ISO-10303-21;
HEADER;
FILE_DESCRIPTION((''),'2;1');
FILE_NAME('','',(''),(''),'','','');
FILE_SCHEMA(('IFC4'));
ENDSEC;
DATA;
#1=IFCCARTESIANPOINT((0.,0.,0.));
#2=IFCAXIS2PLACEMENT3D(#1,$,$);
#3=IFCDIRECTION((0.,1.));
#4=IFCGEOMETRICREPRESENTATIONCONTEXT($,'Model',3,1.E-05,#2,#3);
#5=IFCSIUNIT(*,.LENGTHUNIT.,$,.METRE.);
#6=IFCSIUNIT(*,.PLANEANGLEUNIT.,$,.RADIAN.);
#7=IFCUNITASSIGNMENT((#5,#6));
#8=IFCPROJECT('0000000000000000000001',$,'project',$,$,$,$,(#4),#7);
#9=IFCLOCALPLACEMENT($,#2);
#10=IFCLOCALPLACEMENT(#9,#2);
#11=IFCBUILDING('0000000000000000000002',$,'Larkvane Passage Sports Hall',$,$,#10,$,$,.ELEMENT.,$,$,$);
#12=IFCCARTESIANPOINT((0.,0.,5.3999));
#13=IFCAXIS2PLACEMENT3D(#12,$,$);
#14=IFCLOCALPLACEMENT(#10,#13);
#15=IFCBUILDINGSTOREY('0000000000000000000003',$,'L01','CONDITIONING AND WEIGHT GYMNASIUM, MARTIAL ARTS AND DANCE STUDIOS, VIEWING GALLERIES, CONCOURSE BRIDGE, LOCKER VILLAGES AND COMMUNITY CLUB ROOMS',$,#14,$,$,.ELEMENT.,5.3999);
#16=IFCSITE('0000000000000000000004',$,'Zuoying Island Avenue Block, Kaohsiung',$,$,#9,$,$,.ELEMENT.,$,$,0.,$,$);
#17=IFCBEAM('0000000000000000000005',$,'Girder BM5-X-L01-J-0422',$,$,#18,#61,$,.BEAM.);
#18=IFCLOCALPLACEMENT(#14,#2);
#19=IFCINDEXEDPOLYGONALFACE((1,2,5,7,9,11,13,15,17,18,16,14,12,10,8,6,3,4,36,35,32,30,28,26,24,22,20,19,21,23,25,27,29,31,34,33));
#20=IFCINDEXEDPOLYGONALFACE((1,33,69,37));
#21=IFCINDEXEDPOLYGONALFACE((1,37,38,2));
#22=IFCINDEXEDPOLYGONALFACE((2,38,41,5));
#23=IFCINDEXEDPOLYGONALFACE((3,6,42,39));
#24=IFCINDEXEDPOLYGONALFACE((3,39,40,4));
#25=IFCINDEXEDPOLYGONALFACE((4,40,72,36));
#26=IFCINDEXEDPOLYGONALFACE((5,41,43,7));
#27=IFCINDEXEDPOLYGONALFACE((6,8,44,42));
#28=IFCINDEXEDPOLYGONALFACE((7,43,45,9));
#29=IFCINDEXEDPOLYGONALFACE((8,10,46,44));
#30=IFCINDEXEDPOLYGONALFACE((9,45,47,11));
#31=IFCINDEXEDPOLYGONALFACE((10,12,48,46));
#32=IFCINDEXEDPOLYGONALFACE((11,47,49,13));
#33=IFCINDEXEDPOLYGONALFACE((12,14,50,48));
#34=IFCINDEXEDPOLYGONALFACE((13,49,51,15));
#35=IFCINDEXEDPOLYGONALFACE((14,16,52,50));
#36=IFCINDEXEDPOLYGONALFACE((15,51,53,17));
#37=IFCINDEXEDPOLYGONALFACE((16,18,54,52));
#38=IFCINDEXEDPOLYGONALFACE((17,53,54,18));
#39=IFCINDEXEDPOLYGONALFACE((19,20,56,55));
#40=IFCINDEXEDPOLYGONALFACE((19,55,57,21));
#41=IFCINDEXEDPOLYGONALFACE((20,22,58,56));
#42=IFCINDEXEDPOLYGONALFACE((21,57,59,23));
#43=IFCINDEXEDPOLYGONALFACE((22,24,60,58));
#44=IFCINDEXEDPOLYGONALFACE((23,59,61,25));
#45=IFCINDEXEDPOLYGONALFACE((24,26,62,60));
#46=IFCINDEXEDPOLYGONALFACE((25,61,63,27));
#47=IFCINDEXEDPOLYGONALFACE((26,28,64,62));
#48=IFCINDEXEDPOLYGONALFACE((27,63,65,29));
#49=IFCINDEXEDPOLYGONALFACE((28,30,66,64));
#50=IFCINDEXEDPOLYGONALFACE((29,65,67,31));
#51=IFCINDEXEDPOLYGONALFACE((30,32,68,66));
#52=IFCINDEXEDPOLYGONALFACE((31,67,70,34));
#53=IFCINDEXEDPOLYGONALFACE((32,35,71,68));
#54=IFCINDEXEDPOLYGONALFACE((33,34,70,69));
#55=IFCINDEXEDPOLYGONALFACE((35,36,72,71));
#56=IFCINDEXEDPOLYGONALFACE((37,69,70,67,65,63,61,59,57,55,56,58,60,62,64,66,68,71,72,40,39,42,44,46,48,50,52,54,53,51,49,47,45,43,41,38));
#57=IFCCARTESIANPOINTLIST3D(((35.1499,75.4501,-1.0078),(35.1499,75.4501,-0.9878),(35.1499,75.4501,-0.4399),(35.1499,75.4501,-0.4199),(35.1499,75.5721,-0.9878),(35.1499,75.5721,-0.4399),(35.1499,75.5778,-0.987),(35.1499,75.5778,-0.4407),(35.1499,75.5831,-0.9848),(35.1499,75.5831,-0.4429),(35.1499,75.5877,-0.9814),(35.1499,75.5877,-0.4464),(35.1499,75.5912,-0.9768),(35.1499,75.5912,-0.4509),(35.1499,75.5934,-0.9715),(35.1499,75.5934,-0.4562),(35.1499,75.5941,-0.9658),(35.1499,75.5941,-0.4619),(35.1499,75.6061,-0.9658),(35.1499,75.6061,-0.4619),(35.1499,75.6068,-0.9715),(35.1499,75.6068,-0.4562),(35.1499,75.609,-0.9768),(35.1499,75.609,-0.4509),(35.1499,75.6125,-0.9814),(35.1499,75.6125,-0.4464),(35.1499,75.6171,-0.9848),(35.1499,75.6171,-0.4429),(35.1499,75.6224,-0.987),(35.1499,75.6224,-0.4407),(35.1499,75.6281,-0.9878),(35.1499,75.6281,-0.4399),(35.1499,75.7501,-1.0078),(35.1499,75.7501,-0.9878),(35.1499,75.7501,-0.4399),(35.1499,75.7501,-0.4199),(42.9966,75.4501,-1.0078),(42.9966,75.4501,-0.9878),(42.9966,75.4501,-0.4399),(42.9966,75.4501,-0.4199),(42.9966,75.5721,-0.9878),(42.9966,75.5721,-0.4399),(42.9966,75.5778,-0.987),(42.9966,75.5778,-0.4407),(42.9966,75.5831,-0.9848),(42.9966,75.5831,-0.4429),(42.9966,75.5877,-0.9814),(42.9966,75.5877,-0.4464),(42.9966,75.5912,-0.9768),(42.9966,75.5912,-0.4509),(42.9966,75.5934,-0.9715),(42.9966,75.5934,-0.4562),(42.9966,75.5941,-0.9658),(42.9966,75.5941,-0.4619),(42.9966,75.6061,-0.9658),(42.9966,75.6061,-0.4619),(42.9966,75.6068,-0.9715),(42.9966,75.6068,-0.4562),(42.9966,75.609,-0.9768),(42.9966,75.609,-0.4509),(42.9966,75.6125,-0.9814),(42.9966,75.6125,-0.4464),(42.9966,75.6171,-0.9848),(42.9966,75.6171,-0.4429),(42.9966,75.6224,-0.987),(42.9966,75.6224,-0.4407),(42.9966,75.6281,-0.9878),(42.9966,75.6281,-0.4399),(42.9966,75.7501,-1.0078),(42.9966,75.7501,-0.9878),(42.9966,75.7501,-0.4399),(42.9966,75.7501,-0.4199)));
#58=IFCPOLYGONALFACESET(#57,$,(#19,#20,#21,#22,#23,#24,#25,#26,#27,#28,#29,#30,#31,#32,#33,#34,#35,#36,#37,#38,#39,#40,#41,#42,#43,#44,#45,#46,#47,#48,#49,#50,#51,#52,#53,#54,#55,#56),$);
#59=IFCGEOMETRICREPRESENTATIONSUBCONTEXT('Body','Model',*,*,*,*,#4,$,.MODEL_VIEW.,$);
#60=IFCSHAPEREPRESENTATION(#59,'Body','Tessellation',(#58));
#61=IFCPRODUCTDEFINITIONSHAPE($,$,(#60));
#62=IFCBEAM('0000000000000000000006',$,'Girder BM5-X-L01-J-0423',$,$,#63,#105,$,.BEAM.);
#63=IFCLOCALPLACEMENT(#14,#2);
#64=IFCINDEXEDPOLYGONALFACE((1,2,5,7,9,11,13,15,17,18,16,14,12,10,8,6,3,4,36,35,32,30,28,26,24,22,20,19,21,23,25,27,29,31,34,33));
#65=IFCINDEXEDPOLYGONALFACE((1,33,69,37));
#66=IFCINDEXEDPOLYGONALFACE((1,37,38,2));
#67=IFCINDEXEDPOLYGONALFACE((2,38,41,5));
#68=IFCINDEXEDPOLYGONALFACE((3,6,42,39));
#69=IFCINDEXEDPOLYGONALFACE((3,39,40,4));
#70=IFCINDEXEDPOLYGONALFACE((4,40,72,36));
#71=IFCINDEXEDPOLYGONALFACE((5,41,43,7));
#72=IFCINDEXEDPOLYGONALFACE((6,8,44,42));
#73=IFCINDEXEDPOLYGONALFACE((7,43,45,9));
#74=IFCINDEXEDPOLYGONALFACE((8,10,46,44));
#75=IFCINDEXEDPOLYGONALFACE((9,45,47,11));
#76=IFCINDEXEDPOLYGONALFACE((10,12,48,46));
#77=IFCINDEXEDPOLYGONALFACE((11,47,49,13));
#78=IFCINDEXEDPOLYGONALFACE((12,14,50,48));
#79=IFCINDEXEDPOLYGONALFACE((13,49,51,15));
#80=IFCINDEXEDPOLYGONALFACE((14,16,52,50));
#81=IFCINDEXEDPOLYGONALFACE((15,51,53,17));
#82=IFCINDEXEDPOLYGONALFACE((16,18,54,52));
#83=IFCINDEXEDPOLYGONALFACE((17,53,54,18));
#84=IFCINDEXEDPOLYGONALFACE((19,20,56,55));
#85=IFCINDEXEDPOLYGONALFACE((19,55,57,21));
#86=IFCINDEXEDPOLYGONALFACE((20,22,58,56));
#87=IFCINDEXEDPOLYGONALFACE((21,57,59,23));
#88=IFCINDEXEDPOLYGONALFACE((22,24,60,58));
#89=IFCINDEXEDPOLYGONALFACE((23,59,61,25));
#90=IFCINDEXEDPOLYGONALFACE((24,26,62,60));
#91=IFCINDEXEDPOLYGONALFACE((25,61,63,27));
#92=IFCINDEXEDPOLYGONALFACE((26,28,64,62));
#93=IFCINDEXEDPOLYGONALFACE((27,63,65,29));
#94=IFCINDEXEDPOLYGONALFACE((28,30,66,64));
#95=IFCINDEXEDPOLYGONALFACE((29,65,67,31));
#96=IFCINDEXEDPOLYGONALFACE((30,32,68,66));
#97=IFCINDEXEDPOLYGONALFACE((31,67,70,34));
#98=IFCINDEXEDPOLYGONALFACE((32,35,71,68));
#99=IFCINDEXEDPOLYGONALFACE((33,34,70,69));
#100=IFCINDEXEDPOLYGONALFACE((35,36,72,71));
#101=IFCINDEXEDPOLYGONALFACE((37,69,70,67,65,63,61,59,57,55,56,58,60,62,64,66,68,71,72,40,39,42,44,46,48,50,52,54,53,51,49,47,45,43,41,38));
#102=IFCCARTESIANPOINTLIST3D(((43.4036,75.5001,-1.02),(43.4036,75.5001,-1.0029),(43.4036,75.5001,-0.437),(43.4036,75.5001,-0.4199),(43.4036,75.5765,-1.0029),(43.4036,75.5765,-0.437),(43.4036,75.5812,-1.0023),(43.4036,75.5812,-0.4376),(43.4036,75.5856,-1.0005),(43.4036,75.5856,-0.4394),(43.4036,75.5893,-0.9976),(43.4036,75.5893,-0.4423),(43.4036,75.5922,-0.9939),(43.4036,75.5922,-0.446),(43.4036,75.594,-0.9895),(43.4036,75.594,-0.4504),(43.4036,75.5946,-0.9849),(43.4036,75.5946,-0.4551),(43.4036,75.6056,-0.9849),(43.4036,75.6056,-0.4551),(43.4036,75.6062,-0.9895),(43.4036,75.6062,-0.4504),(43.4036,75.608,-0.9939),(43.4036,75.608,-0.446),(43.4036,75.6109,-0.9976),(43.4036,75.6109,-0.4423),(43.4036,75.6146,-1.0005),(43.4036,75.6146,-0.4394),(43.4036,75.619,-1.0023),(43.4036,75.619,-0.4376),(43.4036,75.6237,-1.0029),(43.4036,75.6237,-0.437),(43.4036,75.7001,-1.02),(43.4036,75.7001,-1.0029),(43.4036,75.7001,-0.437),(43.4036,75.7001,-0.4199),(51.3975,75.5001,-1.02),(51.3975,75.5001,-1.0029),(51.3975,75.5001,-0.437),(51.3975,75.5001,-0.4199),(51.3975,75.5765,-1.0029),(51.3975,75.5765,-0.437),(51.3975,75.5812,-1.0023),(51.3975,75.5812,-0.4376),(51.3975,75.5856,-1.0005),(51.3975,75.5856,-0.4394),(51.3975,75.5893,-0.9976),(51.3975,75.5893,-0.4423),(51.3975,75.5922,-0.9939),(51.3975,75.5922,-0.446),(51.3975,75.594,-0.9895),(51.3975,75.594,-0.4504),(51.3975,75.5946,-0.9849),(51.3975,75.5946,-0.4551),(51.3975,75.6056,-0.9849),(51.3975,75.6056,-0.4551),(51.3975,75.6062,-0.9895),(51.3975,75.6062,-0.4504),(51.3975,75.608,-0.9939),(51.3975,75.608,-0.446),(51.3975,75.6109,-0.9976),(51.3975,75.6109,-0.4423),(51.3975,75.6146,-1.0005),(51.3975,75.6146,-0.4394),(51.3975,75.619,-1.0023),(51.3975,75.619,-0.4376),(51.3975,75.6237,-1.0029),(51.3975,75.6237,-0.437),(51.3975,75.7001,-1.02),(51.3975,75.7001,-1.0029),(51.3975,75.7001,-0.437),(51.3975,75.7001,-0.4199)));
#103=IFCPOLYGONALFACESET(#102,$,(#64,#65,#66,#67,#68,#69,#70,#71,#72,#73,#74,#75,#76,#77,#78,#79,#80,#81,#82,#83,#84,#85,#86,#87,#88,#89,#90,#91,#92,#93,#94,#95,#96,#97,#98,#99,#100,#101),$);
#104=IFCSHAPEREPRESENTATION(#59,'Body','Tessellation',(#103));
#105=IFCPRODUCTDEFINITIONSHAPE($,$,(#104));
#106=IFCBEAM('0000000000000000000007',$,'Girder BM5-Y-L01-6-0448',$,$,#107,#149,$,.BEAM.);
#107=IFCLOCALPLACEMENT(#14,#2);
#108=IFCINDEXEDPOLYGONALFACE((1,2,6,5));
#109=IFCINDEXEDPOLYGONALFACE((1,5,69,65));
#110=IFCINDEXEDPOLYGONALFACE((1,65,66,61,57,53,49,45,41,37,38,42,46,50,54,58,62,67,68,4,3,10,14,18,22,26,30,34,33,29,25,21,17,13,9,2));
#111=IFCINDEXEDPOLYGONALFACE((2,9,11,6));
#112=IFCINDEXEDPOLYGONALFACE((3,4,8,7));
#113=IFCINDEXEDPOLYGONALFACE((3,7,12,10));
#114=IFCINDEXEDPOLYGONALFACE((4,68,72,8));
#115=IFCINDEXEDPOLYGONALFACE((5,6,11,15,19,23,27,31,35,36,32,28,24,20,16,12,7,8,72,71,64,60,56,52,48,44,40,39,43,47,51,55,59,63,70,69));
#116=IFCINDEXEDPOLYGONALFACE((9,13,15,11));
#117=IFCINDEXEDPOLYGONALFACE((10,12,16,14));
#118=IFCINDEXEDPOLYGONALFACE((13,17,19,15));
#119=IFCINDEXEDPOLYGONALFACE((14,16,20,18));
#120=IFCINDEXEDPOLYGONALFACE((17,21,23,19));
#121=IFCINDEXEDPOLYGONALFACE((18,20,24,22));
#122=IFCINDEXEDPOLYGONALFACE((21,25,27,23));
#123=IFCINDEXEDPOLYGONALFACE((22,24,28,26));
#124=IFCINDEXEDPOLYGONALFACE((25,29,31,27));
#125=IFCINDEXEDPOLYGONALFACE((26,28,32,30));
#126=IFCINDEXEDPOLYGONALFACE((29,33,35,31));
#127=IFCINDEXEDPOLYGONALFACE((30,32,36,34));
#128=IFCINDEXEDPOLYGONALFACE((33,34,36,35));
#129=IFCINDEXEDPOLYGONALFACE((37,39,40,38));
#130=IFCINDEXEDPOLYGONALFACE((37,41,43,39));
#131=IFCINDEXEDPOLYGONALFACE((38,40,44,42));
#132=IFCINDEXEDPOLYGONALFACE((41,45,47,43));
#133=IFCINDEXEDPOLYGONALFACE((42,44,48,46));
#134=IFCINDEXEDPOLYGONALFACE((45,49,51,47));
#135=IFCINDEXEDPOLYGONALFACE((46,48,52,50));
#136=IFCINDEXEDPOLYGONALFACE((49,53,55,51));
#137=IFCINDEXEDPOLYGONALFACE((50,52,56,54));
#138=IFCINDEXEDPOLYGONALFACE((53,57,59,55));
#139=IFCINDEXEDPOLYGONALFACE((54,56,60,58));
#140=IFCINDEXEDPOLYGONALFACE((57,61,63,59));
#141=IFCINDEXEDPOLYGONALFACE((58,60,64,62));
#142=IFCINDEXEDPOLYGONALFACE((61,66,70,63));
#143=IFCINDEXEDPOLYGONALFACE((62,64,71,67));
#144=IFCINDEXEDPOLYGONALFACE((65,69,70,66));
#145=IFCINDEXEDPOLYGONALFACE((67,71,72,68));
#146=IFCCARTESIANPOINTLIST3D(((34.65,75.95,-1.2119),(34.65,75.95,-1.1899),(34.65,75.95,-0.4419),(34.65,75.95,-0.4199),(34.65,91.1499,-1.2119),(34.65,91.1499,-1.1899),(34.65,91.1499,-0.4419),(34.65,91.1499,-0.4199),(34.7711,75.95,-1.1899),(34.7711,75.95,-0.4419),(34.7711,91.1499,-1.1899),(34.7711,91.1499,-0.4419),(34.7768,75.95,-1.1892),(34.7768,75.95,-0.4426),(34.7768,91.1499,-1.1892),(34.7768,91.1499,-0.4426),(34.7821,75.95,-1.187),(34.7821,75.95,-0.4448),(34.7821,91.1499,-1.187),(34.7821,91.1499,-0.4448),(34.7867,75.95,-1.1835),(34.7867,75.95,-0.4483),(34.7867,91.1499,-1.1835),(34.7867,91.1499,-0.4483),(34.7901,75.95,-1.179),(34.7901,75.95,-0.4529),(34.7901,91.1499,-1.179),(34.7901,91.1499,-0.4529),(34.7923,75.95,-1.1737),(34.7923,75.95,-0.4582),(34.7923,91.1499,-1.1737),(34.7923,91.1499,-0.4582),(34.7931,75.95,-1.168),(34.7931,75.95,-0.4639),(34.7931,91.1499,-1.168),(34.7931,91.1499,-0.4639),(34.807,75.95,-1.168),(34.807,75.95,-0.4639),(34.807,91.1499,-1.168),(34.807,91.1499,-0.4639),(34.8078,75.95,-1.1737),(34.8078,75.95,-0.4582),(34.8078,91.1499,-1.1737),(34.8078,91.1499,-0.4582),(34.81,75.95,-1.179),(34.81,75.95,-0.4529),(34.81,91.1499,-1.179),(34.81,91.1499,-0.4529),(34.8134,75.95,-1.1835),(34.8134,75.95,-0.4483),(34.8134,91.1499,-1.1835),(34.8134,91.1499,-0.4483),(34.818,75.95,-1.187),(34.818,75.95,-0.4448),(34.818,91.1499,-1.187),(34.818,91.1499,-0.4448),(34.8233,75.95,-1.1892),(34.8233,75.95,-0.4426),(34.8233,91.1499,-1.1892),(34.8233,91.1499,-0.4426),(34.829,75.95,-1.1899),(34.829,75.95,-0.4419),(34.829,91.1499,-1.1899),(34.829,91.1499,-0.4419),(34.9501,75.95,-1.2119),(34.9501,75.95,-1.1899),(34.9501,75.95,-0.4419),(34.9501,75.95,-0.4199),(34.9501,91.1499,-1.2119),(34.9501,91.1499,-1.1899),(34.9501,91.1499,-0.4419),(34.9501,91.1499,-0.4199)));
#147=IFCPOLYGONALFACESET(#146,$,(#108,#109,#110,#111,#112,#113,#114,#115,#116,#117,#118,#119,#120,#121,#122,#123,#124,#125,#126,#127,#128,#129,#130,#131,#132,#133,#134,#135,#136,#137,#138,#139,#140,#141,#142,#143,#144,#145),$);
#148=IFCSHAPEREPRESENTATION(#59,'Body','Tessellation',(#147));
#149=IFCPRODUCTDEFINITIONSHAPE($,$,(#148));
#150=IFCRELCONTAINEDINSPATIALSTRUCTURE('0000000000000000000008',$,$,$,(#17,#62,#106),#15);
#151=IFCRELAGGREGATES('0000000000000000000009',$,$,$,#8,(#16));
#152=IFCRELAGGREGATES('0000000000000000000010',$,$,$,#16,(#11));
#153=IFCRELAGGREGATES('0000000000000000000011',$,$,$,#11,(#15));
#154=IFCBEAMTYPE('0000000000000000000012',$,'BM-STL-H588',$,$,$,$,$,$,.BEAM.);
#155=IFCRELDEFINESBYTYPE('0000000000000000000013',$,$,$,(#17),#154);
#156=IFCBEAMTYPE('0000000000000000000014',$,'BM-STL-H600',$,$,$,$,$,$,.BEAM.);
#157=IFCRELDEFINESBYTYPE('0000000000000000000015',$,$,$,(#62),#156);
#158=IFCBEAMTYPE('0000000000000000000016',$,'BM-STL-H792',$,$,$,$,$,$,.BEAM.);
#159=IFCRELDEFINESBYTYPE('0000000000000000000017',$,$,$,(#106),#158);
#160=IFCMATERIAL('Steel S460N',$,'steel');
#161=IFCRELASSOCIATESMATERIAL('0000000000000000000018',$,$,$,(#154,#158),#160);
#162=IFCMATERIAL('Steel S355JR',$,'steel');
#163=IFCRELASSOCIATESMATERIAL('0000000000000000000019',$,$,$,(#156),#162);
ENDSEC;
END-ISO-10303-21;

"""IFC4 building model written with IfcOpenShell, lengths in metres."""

from ifc_helpers import new_model, si_unit, direction, frame, origin, origin_2d, place, context, subcontext, project, spatial, i_section, extrude, material, material_profile, profile_set, type_object, element, save


model = new_model("IFC4")

# Units and contexts
model_context = context("Model", 3, precision=1e-05, world=origin(), true_north=direction((0.0, 1.0)))
body_context = subcontext(model_context, "Body", "Model", "MODEL_VIEW")
ifc_project = project(units=[si_unit("LENGTHUNIT", "METRE"), si_unit("PLANEANGLEUNIT", "RADIAN")], contexts=[model_context])

# Site, building, storey
site_placement = place(None, origin())
site = spatial("IfcSite", under=ifc_project, at=site_placement, Name="Zuoying Island Avenue Block, Kaohsiung", CompositionType="ELEMENT", RefElevation=0.0)
building_placement = place(site_placement, origin())
building = spatial("IfcBuilding", under=site, at=building_placement, Name="Larkvane Passage Sports Hall", CompositionType="ELEMENT")
storey_placement = place(building_placement, frame((0.0, 0.0, 5.3999)))
storey = spatial("IfcBuildingStorey", under=building, at=storey_placement, Name="L01", Description="CONDITIONING AND WEIGHT GYMNASIUM, MARTIAL ARTS AND DANCE STUDIOS, VIEWING GALLERIES, CONCOURSE BRIDGE, LOCKER VILLAGES AND COMMUNITY CLUB ROOMS", CompositionType="ELEMENT", Elevation=5.3999)

# Shared definitions
ifc_material_1 = material(Name="Steel S355JR", Category="steel")
ifc_material_2 = material(Name="Steel S460N", Category="steel")

# Beams
ifc_material_profile_1 = material_profile(ifc_material_2, i_section(OverallWidth=0.3, OverallDepth=0.5879, WebThickness=0.012, FlangeThickness=0.02, FilletRadius=0.022, at=origin_2d()), Name="H-588x300x12x20")
ifc_profile_set_1 = profile_set([ifc_material_profile_1], Name="Steel S460N")
beam_type_1 = type_object("IfcBeamType", Name="BM-STL-H588", PredefinedType="BEAM", material=ifc_profile_set_1)
beam_1_placement = place(storey_placement, frame((35.1499, 75.6001, -0.7139), z_axis=(1.0, 0.0, 0.0), x_axis=(0.0, 1.0, 0.0)))
element("IfcBeam", 1, at=beam_1_placement, inside=storey, type_object=beam_type_1, Name="Girder BM5-X-L01-J-0422", PredefinedType="BEAM", context=body_context, shape_type="SweptSolid", body=[
    extrude(i_section(OverallWidth=0.3, OverallDepth=0.5879, WebThickness=0.012, FlangeThickness=0.02, FilletRadius=0.022, at=origin_2d()), origin(), (0.0, 0.0, 1.0), 7.8467),
])
ifc_material_profile_2 = material_profile(ifc_material_1, i_section(OverallWidth=0.2, OverallDepth=0.6001, WebThickness=0.011, FlangeThickness=0.0171, FilletRadius=0.0181, at=origin_2d()), Name="H-600x200x11x17")
ifc_profile_set_2 = profile_set([ifc_material_profile_2], Name="Steel S355JR")
beam_type_2 = type_object("IfcBeamType", Name="BM-STL-H600", PredefinedType="BEAM", material=ifc_profile_set_2)
beam_2_placement = place(storey_placement, frame((43.4036, 75.6001, -0.72), z_axis=(1.0, 0.0, 0.0), x_axis=(0.0, 1.0, 0.0)))
element("IfcBeam", 2, at=beam_2_placement, inside=storey, type_object=beam_type_2, Name="Girder BM5-X-L01-J-0423", PredefinedType="BEAM", context=body_context, shape_type="SweptSolid", body=[
    extrude(i_section(OverallWidth=0.2, OverallDepth=0.6001, WebThickness=0.011, FlangeThickness=0.0171, FilletRadius=0.0181, at=origin_2d()), origin(), (0.0, 0.0, 1.0), 7.9939),
])
ifc_material_profile_3 = material_profile(ifc_material_2, i_section(OverallWidth=0.3, OverallDepth=0.792, WebThickness=0.0139, FlangeThickness=0.022, FilletRadius=0.022, at=origin_2d()), Name="H-792x300x14x22")
ifc_profile_set_3 = profile_set([ifc_material_profile_3], Name="Steel S460N")
beam_type_3 = type_object("IfcBeamType", Name="BM-STL-H792", PredefinedType="BEAM", material=ifc_profile_set_3)
beam_3_placement = place(storey_placement, frame((34.8, 75.95, -0.8159), z_axis=(0.0, 1.0, 0.0), x_axis=(-1.0, 0.0, 0.0)))
element("IfcBeam", 3, at=beam_3_placement, inside=storey, type_object=beam_type_3, Name="Girder BM5-Y-L01-6-0448", PredefinedType="BEAM", context=body_context, shape_type="SweptSolid", body=[
    extrude(i_section(OverallWidth=0.3, OverallDepth=0.792, WebThickness=0.0139, FlangeThickness=0.022, FilletRadius=0.022, at=origin_2d()), origin(), (0.0, 0.0, 1.0), 15.2),
])

save(model, "model.ifc")
